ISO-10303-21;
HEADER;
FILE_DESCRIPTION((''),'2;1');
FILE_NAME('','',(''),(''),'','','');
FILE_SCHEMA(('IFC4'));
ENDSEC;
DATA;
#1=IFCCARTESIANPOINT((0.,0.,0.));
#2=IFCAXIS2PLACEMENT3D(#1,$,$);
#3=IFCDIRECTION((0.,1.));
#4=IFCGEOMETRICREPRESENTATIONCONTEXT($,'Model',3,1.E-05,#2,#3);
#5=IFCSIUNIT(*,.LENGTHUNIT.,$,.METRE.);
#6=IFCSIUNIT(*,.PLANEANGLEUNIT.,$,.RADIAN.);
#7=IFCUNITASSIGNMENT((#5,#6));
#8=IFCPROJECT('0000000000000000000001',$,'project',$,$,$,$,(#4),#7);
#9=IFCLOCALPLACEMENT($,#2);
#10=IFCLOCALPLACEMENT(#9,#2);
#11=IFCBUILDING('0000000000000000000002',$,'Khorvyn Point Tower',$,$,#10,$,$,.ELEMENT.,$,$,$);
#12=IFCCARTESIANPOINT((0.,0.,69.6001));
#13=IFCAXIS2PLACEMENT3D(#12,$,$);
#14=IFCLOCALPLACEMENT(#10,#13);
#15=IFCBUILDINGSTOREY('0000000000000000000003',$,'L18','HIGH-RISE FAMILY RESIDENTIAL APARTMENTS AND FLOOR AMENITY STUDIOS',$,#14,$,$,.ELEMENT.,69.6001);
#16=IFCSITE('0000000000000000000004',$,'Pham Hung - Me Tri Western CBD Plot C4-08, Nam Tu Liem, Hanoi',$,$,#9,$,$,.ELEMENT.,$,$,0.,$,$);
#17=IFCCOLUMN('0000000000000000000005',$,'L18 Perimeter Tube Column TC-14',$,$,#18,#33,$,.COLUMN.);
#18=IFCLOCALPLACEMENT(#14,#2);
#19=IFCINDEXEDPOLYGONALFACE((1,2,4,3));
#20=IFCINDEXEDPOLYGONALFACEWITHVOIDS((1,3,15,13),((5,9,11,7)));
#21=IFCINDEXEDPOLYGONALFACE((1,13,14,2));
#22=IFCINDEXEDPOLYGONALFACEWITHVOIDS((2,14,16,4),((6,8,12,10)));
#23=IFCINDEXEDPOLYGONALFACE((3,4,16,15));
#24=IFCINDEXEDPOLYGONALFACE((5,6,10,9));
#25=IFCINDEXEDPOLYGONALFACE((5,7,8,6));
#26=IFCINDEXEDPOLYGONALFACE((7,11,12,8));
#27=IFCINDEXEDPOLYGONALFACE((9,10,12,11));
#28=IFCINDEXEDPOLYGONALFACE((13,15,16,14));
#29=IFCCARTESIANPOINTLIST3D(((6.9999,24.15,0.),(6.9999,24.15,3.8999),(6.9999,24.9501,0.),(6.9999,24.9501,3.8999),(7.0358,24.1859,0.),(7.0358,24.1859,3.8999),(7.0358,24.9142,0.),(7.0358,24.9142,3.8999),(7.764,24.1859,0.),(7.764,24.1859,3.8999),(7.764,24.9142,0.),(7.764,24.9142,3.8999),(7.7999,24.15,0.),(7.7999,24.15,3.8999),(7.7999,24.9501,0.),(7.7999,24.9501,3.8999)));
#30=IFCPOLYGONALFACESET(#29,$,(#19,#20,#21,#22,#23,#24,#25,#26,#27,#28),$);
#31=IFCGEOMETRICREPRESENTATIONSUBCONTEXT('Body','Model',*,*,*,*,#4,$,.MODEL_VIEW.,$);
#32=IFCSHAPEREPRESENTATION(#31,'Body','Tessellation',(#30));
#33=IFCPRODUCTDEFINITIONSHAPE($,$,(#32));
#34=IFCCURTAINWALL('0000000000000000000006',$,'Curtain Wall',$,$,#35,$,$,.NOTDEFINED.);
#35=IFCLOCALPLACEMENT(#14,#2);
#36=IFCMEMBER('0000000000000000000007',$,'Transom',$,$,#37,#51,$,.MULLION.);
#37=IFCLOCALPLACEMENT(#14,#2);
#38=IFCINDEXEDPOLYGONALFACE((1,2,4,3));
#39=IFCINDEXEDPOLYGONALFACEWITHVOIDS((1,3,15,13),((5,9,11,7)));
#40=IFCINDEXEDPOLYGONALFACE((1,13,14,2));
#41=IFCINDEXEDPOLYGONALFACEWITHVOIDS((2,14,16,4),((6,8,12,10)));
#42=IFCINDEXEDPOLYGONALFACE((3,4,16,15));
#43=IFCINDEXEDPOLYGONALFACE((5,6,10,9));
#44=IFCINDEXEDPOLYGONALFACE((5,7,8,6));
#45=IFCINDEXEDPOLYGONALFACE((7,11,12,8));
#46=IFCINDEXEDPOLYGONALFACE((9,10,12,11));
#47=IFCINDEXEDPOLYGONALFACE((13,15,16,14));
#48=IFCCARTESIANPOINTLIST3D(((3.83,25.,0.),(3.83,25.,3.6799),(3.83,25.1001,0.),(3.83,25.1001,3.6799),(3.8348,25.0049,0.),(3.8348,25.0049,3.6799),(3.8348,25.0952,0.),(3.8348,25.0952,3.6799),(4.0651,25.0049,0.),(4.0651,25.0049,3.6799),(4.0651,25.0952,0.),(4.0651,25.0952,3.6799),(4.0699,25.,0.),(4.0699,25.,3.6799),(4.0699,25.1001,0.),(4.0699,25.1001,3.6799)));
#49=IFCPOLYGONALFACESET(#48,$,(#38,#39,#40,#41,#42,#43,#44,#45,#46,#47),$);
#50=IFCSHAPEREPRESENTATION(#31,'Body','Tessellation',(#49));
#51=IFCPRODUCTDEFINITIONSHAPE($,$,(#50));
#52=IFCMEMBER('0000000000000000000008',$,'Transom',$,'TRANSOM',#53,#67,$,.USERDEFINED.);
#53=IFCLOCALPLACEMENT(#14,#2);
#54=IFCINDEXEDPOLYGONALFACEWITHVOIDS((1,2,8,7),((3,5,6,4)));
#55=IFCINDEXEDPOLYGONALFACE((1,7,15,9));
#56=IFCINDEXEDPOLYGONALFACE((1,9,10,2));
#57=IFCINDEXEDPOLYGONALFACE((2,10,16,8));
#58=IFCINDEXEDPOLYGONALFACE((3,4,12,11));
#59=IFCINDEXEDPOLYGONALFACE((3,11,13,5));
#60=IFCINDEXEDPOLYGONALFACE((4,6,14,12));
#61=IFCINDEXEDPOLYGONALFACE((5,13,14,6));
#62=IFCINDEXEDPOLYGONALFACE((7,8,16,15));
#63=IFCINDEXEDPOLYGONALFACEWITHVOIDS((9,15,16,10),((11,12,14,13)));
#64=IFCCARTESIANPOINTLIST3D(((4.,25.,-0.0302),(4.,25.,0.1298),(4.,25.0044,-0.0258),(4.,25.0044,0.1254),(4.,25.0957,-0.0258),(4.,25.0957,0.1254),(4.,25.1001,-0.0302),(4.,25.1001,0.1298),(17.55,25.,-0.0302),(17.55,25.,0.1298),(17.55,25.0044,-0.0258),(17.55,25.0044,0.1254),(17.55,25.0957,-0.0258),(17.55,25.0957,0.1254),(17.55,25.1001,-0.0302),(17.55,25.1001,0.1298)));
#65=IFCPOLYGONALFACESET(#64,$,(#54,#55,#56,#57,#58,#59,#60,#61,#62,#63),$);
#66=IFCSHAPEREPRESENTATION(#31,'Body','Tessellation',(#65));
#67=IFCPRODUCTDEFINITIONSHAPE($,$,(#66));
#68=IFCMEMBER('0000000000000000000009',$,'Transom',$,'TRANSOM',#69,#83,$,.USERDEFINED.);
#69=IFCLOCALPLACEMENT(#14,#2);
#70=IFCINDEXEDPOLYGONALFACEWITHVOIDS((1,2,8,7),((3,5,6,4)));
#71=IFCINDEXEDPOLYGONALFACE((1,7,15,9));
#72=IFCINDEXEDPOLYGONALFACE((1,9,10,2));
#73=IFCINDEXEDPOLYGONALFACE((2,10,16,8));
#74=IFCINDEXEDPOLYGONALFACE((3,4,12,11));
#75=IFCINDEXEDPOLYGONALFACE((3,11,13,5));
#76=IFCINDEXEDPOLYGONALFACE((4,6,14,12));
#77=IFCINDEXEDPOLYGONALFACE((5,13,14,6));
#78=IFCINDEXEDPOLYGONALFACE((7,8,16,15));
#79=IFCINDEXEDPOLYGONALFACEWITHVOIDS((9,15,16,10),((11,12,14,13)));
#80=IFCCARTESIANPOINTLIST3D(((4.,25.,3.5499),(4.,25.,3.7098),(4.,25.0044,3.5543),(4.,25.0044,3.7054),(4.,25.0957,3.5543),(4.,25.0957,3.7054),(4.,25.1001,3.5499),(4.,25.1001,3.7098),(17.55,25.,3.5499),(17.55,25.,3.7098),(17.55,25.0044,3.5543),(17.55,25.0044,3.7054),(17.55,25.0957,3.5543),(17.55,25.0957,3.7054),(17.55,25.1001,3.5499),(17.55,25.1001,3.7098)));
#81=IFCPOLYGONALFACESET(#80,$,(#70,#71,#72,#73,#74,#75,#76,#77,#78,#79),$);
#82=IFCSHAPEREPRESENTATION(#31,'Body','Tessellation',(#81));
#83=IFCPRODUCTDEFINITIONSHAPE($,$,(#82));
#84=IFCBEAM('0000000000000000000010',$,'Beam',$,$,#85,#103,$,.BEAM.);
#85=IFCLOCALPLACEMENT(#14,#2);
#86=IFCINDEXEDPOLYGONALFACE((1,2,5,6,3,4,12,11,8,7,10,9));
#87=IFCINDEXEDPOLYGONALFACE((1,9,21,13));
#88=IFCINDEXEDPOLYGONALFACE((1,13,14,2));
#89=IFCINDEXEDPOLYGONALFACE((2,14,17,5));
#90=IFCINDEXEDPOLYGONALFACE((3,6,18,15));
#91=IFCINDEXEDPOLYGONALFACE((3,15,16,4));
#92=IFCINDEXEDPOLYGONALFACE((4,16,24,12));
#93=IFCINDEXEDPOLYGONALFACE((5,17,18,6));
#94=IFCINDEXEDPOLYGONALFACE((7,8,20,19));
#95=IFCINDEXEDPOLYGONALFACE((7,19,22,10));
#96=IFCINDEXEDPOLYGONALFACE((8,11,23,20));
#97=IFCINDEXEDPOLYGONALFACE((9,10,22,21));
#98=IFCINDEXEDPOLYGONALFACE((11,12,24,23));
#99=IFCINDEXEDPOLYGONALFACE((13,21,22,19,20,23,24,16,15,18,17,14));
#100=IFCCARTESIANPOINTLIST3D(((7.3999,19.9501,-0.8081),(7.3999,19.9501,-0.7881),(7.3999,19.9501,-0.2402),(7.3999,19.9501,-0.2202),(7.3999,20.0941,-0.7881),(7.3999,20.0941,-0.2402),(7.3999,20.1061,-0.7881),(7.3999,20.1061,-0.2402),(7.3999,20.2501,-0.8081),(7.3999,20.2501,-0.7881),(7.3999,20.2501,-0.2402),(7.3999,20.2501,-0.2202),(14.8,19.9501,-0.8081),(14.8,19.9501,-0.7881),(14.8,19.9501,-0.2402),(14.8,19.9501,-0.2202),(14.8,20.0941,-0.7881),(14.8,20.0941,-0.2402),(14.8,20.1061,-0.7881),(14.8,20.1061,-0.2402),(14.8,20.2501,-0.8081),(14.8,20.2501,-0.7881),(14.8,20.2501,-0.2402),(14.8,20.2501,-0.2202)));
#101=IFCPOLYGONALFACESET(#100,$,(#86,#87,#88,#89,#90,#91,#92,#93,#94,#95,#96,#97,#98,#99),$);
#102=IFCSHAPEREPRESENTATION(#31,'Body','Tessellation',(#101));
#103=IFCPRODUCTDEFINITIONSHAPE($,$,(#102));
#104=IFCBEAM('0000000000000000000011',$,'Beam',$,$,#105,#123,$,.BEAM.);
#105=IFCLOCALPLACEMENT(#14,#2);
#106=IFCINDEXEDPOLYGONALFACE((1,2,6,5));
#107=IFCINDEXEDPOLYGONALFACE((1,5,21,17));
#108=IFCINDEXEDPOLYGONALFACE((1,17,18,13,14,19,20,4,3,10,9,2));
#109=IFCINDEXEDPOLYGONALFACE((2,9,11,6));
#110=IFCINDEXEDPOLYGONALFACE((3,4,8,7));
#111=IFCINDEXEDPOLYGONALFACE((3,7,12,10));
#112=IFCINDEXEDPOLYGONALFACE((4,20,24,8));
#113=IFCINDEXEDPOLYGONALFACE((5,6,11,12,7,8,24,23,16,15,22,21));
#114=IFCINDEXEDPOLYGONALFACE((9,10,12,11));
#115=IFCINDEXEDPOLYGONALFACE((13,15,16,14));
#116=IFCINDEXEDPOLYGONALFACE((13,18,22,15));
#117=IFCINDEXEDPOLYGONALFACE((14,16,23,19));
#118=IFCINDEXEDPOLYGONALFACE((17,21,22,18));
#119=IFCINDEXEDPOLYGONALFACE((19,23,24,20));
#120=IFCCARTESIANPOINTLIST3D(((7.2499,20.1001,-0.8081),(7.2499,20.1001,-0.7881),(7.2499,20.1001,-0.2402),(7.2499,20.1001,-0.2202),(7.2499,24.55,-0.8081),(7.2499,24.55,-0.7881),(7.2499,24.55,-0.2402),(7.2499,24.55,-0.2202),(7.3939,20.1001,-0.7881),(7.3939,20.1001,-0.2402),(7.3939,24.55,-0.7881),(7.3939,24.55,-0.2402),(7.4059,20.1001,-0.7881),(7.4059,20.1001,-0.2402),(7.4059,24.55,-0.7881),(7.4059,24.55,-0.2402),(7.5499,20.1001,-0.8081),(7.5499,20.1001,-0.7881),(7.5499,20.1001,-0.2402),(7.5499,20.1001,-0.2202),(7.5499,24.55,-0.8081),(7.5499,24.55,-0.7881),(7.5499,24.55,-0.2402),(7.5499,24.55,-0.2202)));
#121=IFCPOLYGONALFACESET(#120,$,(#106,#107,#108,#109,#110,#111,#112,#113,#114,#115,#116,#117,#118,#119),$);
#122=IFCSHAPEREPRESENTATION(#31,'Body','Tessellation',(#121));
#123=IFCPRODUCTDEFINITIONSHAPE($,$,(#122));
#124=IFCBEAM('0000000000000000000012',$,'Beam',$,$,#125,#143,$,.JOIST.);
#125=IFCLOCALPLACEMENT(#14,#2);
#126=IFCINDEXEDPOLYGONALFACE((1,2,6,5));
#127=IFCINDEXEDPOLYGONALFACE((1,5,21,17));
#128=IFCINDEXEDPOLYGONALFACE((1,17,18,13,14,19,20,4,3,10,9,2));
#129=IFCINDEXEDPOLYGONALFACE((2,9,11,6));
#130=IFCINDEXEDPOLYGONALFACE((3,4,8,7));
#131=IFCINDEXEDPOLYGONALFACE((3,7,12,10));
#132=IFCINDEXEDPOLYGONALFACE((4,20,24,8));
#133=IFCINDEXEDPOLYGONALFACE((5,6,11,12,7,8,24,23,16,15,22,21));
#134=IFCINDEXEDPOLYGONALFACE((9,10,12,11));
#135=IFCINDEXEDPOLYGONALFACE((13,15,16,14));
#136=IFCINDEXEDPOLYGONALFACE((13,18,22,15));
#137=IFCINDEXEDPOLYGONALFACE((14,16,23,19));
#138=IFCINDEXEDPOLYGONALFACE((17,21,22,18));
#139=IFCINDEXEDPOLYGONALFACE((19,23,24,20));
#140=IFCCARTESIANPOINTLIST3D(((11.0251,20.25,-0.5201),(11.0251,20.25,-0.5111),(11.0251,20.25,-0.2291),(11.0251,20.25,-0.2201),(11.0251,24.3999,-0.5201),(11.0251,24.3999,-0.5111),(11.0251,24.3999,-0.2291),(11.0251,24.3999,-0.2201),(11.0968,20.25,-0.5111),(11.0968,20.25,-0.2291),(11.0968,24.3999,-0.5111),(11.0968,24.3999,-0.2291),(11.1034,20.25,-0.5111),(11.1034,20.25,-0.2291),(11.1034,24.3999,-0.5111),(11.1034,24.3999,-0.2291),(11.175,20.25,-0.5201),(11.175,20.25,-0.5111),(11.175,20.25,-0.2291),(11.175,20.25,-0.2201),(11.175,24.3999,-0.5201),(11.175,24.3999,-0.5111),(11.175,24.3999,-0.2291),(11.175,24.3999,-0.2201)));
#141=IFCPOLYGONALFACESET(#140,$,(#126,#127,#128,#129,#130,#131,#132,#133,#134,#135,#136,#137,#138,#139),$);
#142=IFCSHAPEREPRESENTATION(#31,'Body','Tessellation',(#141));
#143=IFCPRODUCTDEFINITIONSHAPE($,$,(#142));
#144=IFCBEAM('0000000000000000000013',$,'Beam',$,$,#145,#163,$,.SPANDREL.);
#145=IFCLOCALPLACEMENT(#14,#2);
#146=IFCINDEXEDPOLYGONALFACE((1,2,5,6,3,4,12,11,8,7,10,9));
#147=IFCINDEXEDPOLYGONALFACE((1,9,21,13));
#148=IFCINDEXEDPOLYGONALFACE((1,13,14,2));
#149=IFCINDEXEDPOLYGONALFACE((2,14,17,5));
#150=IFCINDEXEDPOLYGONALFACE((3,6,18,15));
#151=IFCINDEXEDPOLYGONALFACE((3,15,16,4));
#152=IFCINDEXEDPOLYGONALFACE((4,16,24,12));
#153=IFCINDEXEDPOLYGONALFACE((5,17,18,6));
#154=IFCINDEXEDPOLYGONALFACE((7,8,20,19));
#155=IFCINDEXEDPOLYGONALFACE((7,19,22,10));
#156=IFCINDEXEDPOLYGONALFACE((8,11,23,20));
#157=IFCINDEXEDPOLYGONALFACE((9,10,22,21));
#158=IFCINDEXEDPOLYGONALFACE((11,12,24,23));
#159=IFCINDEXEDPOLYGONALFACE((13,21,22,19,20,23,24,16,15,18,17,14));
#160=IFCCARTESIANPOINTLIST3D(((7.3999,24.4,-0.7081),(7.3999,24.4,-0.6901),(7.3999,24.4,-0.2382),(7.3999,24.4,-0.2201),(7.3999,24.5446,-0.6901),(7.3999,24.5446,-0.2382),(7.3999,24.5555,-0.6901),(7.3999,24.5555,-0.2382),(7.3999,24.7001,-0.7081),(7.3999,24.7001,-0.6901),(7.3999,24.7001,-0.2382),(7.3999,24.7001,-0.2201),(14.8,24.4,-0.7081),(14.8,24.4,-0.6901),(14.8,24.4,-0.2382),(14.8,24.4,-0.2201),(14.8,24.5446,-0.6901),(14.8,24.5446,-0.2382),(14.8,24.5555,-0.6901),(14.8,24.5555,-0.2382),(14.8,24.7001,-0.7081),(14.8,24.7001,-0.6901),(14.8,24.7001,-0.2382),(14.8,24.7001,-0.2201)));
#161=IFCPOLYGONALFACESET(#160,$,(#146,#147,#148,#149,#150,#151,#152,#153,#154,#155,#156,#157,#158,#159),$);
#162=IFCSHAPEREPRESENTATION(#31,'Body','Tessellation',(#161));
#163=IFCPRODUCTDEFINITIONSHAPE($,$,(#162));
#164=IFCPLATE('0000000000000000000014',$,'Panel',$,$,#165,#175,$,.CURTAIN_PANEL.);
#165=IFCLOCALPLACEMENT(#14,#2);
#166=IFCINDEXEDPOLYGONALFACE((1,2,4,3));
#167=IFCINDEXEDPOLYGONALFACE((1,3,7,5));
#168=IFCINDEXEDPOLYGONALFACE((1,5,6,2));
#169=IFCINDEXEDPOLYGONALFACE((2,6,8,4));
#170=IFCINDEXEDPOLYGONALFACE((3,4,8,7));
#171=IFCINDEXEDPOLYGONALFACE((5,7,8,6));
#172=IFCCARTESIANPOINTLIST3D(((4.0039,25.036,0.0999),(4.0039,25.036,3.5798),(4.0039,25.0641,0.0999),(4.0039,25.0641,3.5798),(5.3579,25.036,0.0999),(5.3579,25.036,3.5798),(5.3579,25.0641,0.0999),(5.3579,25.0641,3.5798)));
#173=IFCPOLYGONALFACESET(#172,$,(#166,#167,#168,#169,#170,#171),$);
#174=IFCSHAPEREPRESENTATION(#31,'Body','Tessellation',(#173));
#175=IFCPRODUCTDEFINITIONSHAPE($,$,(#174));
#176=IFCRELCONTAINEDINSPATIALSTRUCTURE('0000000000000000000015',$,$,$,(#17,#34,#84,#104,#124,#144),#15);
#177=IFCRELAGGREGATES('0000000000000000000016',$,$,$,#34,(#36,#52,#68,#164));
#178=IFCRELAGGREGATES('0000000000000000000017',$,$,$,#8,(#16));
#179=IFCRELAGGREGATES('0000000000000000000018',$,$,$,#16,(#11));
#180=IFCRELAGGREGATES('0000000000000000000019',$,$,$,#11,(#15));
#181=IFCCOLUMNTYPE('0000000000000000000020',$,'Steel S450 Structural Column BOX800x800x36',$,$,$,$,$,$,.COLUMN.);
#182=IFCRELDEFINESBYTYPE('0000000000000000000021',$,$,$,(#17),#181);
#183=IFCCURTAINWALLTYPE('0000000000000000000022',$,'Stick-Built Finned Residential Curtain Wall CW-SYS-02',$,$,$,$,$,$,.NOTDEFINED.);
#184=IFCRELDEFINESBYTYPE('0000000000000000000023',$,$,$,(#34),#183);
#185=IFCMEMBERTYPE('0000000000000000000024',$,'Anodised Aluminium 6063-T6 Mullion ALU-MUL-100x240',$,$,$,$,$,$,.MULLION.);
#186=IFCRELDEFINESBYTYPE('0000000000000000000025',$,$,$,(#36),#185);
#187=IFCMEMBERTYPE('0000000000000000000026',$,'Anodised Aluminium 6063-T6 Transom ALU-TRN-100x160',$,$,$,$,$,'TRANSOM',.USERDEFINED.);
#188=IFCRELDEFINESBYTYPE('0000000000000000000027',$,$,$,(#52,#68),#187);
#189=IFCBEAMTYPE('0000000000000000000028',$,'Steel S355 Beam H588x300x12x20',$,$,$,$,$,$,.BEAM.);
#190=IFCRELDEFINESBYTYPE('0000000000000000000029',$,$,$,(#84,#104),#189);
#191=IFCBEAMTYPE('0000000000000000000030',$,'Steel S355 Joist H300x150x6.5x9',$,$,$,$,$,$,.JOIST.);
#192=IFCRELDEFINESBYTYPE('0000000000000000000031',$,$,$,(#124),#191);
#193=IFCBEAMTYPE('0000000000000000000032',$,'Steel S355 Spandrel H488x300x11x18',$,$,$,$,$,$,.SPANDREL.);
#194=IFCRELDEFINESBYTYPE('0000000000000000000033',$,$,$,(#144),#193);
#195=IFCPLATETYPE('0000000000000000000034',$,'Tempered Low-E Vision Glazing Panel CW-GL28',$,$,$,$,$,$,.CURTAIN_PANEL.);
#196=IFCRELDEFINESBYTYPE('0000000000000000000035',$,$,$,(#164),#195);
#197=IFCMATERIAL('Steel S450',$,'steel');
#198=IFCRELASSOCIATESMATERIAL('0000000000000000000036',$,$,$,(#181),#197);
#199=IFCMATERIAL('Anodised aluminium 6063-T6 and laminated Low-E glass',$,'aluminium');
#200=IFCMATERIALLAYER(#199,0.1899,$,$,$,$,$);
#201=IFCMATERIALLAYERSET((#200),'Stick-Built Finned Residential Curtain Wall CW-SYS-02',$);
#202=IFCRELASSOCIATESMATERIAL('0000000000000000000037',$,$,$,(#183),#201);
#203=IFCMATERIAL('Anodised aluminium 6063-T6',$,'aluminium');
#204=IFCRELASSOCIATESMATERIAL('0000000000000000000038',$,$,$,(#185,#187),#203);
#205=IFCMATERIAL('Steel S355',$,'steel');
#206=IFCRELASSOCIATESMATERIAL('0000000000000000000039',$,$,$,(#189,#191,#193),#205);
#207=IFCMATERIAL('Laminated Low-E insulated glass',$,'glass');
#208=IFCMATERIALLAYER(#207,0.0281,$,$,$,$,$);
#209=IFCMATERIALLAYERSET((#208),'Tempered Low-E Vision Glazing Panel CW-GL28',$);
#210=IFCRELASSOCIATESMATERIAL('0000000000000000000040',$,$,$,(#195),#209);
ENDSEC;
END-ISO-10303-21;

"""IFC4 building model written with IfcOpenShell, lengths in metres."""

from ifc_helpers import new_model, si_unit, direction, frame, origin, origin_2d, place, context, subcontext, project, spatial, rectangle, hollow_rectangle, i_section, extrude, material, layer, layer_set, material_profile, profile_set, type_object, element, aggregate, save


model = new_model("IFC4")

# Units and contexts
model_context = context("Model", 3, precision=1e-05, world=origin(), true_north=direction((0.0, 1.0)))
body_context = subcontext(model_context, "Body", "Model", "MODEL_VIEW")
ifc_project = project(units=[si_unit("LENGTHUNIT", "METRE"), si_unit("PLANEANGLEUNIT", "RADIAN")], contexts=[model_context])

# Site, building, storey
site_placement = place(None, origin())
site = spatial("IfcSite", under=ifc_project, at=site_placement, Name="Pham Hung - Me Tri Western CBD Plot C4-08, Nam Tu Liem, Hanoi", CompositionType="ELEMENT", RefElevation=0.0)
building_placement = place(site_placement, origin())
building = spatial("IfcBuilding", under=site, at=building_placement, Name="Khorvyn Point Tower", CompositionType="ELEMENT")
storey_placement = place(building_placement, frame((0.0, 0.0, 69.6001)))
storey = spatial("IfcBuildingStorey", under=building, at=storey_placement, Name="L18", Description="HIGH-RISE FAMILY RESIDENTIAL APARTMENTS AND FLOOR AMENITY STUDIOS", CompositionType="ELEMENT", Elevation=69.6001)

# Column
ifc_material_1 = material(Name="Steel S450", Category="steel")
ifc_material_profile_1 = material_profile(ifc_material_1, hollow_rectangle(XDim=0.8, YDim=0.8, WallThickness=0.0359, at=origin_2d()))
ifc_profile_set_1 = profile_set([ifc_material_profile_1], Name="Steel S450 BOX800x800x36")
column_type = type_object("IfcColumnType", Name="Steel S450 Structural Column BOX800x800x36", PredefinedType="COLUMN", material=ifc_profile_set_1)
column_placement = place(storey_placement, frame((7.3999, 24.55, 0.0), z_axis=(0.0, 0.0, 1.0), x_axis=(1.0, 0.0, 0.0)))
element("IfcColumn", 1, at=column_placement, inside=storey, type_object=column_type, Name="L18 Perimeter Tube Column TC-14", PredefinedType="COLUMN", context=body_context, shape_type="SweptSolid", body=[
    extrude(hollow_rectangle(XDim=0.8, YDim=0.8, WallThickness=0.0359, at=origin_2d()), origin(), (0.0, 0.0, 1.0), 3.8999),
])

# Curtain wall, members
ifc_material_2 = material(Name="Anodised aluminium 6063-T6 and laminated Low-E glass", Category="aluminium")
ifc_layer_1 = layer(ifc_material_2, 0.1899)
ifc_layer_set_1 = layer_set([ifc_layer_1], Name="Stick-Built Finned Residential Curtain Wall CW-SYS-02")
curtain_wall_type = type_object("IfcCurtainWallType", Name="Stick-Built Finned Residential Curtain Wall CW-SYS-02", PredefinedType="NOTDEFINED", material=ifc_layer_set_1)
curtain_wall_placement = place(storey_placement, origin())
curtain_wall = element("IfcCurtainWall", 2, at=curtain_wall_placement, inside=storey, type_object=curtain_wall_type, Name="Curtain Wall", PredefinedType="NOTDEFINED")
ifc_material_3 = material(Name="Anodised aluminium 6063-T6", Category="aluminium")
ifc_material_profile_2 = material_profile(ifc_material_3, hollow_rectangle(XDim=0.1001, YDim=0.24, WallThickness=0.0049, at=origin_2d()))
ifc_profile_set_2 = profile_set([ifc_material_profile_2], Name="Anodised aluminium 6063-T6 ALU-MUL-100x240")
member_type_1 = type_object("IfcMemberType", Name="Anodised Aluminium 6063-T6 Mullion ALU-MUL-100x240", PredefinedType="MULLION", material=ifc_profile_set_2)
member_1_placement = place(storey_placement, frame((3.95, 25.05, 0.0), z_axis=(0.0, 0.0, 1.0), x_axis=(0.0, 1.0, 0.0)))
member_1 = element("IfcMember", 3, at=member_1_placement, type_object=member_type_1, Name="Transom", PredefinedType="MULLION", context=body_context, shape_type="SweptSolid", body=[
    extrude(hollow_rectangle(XDim=0.1001, YDim=0.24, WallThickness=0.0049, at=origin_2d()), origin(), (0.0, 0.0, 1.0), 3.6799),
])
ifc_material_profile_3 = material_profile(ifc_material_3, hollow_rectangle(XDim=0.1001, YDim=0.1599, WallThickness=0.0044, at=origin_2d()))
ifc_profile_set_3 = profile_set([ifc_material_profile_3], Name="Anodised aluminium 6063-T6 ALU-TRN-100x160")
member_type_2 = type_object("IfcMemberType", Name="Anodised Aluminium 6063-T6 Transom ALU-TRN-100x160", ElementType="TRANSOM", PredefinedType="USERDEFINED", material=ifc_profile_set_3)
member_2_placement = place(storey_placement, frame((4.0, 25.05, 0.0498), z_axis=(1.0, 0.0, 0.0), x_axis=(0.0, 1.0, 0.0)))
member_2 = element("IfcMember", 4, at=member_2_placement, type_object=member_type_2, Name="Transom", ObjectType="TRANSOM", PredefinedType="USERDEFINED", context=body_context, shape_type="SweptSolid", body=[
    extrude(hollow_rectangle(XDim=0.1001, YDim=0.1599, WallThickness=0.0044, at=origin_2d()), origin(), (0.0, 0.0, 1.0), 13.55),
])
member_3_placement = place(storey_placement, frame((4.0, 25.05, 3.6299), z_axis=(1.0, 0.0, 0.0), x_axis=(0.0, 1.0, 0.0)))
member_3 = element("IfcMember", 5, at=member_3_placement, type_object=member_type_2, Name="Transom", ObjectType="TRANSOM", PredefinedType="USERDEFINED", context=body_context, shape_type="SweptSolid", body=[
    extrude(hollow_rectangle(XDim=0.1001, YDim=0.1599, WallThickness=0.0044, at=origin_2d()), origin(), (0.0, 0.0, 1.0), 13.55),
])

# Beams
ifc_material_4 = material(Name="Steel S355", Category="steel")
ifc_material_profile_4 = material_profile(ifc_material_4, i_section(OverallWidth=0.3, OverallDepth=0.5879, WebThickness=0.012, FlangeThickness=0.02, at=origin_2d()))
ifc_profile_set_4 = profile_set([ifc_material_profile_4], Name="Steel S355 H588x300x12x20")
beam_type_1 = type_object("IfcBeamType", Name="Steel S355 Beam H588x300x12x20", PredefinedType="BEAM", material=ifc_profile_set_4)
beam_1_placement = place(storey_placement, frame((7.3999, 20.1001, -0.5142), z_axis=(1.0, 0.0, 0.0), x_axis=(0.0, 1.0, 0.0)))
element("IfcBeam", 6, at=beam_1_placement, inside=storey, type_object=beam_type_1, Name="Beam", PredefinedType="BEAM", context=body_context, shape_type="SweptSolid", body=[
    extrude(i_section(OverallWidth=0.3, OverallDepth=0.5879, WebThickness=0.012, FlangeThickness=0.02, at=origin_2d()), origin(), (0.0, 0.0, 1.0), 7.4001),
])
beam_2_placement = place(storey_placement, frame((7.3999, 20.1001, -0.5142), z_axis=(0.0, 1.0, 0.0), x_axis=(-1.0, 0.0, 0.0)))
element("IfcBeam", 7, at=beam_2_placement, inside=storey, type_object=beam_type_1, Name="Beam", PredefinedType="BEAM", context=body_context, shape_type="SweptSolid", body=[
    extrude(i_section(OverallWidth=0.3, OverallDepth=0.5879, WebThickness=0.012, FlangeThickness=0.02, at=origin_2d()), origin(), (0.0, 0.0, 1.0), 4.45),
])
ifc_material_profile_5 = material_profile(ifc_material_4, i_section(OverallWidth=0.1499, OverallDepth=0.3, WebThickness=0.0066, FlangeThickness=0.009, at=origin_2d()))
ifc_profile_set_5 = profile_set([ifc_material_profile_5], Name="Steel S355 H300x150x6.5x9")
beam_type_2 = type_object("IfcBeamType", Name="Steel S355 Joist H300x150x6.5x9", PredefinedType="JOIST", material=ifc_profile_set_5)
beam_3_placement = place(storey_placement, frame((11.1001, 20.25, -0.3701), z_axis=(0.0, 1.0, 0.0), x_axis=(-1.0, 0.0, 0.0)))
element("IfcBeam", 8, at=beam_3_placement, inside=storey, type_object=beam_type_2, Name="Beam", PredefinedType="JOIST", context=body_context, shape_type="SweptSolid", body=[
    extrude(i_section(OverallWidth=0.1499, OverallDepth=0.3, WebThickness=0.0066, FlangeThickness=0.009, at=origin_2d()), origin(), (0.0, 0.0, 1.0), 4.1499),
])
ifc_material_profile_6 = material_profile(ifc_material_4, i_section(OverallWidth=0.3, OverallDepth=0.488, WebThickness=0.011, FlangeThickness=0.0181, at=origin_2d()))
ifc_profile_set_6 = profile_set([ifc_material_profile_6], Name="Steel S355 H488x300x11x18")
beam_type_3 = type_object("IfcBeamType", Name="Steel S355 Spandrel H488x300x11x18", PredefinedType="SPANDREL", material=ifc_profile_set_6)
beam_4_placement = place(storey_placement, frame((7.3999, 24.55, -0.4641), z_axis=(1.0, 0.0, 0.0), x_axis=(0.0, 1.0, 0.0)))
element("IfcBeam", 9, at=beam_4_placement, inside=storey, type_object=beam_type_3, Name="Beam", PredefinedType="SPANDREL", context=body_context, shape_type="SweptSolid", body=[
    extrude(i_section(OverallWidth=0.3, OverallDepth=0.488, WebThickness=0.011, FlangeThickness=0.0181, at=origin_2d()), origin(), (0.0, 0.0, 1.0), 7.4001),
])

# Plate
ifc_material_5 = material(Name="Laminated Low-E insulated glass", Category="glass")
ifc_layer_2 = layer(ifc_material_5, 0.0281)
ifc_layer_set_2 = layer_set([ifc_layer_2], Name="Tempered Low-E Vision Glazing Panel CW-GL28")
plate_type = type_object("IfcPlateType", Name="Tempered Low-E Vision Glazing Panel CW-GL28", PredefinedType="CURTAIN_PANEL", material=ifc_layer_set_2)
plate_1_placement = place(storey_placement, frame((4.6809, 25.05, 0.0999), z_axis=(0.0, 0.0, 1.0), x_axis=(1.0, 0.0, 0.0)))
plate_1 = element("IfcPlate", 10, at=plate_1_placement, type_object=plate_type, Name="Panel", PredefinedType="CURTAIN_PANEL", context=body_context, shape_type="SweptSolid", body=[
    extrude(rectangle(XDim=1.354, YDim=0.0281, at=origin_2d()), origin(), (0.0, 0.0, 1.0), 3.48),
])
aggregate(curtain_wall, [member_1, member_2, member_3, plate_1])

save(model, "model.ifc")
